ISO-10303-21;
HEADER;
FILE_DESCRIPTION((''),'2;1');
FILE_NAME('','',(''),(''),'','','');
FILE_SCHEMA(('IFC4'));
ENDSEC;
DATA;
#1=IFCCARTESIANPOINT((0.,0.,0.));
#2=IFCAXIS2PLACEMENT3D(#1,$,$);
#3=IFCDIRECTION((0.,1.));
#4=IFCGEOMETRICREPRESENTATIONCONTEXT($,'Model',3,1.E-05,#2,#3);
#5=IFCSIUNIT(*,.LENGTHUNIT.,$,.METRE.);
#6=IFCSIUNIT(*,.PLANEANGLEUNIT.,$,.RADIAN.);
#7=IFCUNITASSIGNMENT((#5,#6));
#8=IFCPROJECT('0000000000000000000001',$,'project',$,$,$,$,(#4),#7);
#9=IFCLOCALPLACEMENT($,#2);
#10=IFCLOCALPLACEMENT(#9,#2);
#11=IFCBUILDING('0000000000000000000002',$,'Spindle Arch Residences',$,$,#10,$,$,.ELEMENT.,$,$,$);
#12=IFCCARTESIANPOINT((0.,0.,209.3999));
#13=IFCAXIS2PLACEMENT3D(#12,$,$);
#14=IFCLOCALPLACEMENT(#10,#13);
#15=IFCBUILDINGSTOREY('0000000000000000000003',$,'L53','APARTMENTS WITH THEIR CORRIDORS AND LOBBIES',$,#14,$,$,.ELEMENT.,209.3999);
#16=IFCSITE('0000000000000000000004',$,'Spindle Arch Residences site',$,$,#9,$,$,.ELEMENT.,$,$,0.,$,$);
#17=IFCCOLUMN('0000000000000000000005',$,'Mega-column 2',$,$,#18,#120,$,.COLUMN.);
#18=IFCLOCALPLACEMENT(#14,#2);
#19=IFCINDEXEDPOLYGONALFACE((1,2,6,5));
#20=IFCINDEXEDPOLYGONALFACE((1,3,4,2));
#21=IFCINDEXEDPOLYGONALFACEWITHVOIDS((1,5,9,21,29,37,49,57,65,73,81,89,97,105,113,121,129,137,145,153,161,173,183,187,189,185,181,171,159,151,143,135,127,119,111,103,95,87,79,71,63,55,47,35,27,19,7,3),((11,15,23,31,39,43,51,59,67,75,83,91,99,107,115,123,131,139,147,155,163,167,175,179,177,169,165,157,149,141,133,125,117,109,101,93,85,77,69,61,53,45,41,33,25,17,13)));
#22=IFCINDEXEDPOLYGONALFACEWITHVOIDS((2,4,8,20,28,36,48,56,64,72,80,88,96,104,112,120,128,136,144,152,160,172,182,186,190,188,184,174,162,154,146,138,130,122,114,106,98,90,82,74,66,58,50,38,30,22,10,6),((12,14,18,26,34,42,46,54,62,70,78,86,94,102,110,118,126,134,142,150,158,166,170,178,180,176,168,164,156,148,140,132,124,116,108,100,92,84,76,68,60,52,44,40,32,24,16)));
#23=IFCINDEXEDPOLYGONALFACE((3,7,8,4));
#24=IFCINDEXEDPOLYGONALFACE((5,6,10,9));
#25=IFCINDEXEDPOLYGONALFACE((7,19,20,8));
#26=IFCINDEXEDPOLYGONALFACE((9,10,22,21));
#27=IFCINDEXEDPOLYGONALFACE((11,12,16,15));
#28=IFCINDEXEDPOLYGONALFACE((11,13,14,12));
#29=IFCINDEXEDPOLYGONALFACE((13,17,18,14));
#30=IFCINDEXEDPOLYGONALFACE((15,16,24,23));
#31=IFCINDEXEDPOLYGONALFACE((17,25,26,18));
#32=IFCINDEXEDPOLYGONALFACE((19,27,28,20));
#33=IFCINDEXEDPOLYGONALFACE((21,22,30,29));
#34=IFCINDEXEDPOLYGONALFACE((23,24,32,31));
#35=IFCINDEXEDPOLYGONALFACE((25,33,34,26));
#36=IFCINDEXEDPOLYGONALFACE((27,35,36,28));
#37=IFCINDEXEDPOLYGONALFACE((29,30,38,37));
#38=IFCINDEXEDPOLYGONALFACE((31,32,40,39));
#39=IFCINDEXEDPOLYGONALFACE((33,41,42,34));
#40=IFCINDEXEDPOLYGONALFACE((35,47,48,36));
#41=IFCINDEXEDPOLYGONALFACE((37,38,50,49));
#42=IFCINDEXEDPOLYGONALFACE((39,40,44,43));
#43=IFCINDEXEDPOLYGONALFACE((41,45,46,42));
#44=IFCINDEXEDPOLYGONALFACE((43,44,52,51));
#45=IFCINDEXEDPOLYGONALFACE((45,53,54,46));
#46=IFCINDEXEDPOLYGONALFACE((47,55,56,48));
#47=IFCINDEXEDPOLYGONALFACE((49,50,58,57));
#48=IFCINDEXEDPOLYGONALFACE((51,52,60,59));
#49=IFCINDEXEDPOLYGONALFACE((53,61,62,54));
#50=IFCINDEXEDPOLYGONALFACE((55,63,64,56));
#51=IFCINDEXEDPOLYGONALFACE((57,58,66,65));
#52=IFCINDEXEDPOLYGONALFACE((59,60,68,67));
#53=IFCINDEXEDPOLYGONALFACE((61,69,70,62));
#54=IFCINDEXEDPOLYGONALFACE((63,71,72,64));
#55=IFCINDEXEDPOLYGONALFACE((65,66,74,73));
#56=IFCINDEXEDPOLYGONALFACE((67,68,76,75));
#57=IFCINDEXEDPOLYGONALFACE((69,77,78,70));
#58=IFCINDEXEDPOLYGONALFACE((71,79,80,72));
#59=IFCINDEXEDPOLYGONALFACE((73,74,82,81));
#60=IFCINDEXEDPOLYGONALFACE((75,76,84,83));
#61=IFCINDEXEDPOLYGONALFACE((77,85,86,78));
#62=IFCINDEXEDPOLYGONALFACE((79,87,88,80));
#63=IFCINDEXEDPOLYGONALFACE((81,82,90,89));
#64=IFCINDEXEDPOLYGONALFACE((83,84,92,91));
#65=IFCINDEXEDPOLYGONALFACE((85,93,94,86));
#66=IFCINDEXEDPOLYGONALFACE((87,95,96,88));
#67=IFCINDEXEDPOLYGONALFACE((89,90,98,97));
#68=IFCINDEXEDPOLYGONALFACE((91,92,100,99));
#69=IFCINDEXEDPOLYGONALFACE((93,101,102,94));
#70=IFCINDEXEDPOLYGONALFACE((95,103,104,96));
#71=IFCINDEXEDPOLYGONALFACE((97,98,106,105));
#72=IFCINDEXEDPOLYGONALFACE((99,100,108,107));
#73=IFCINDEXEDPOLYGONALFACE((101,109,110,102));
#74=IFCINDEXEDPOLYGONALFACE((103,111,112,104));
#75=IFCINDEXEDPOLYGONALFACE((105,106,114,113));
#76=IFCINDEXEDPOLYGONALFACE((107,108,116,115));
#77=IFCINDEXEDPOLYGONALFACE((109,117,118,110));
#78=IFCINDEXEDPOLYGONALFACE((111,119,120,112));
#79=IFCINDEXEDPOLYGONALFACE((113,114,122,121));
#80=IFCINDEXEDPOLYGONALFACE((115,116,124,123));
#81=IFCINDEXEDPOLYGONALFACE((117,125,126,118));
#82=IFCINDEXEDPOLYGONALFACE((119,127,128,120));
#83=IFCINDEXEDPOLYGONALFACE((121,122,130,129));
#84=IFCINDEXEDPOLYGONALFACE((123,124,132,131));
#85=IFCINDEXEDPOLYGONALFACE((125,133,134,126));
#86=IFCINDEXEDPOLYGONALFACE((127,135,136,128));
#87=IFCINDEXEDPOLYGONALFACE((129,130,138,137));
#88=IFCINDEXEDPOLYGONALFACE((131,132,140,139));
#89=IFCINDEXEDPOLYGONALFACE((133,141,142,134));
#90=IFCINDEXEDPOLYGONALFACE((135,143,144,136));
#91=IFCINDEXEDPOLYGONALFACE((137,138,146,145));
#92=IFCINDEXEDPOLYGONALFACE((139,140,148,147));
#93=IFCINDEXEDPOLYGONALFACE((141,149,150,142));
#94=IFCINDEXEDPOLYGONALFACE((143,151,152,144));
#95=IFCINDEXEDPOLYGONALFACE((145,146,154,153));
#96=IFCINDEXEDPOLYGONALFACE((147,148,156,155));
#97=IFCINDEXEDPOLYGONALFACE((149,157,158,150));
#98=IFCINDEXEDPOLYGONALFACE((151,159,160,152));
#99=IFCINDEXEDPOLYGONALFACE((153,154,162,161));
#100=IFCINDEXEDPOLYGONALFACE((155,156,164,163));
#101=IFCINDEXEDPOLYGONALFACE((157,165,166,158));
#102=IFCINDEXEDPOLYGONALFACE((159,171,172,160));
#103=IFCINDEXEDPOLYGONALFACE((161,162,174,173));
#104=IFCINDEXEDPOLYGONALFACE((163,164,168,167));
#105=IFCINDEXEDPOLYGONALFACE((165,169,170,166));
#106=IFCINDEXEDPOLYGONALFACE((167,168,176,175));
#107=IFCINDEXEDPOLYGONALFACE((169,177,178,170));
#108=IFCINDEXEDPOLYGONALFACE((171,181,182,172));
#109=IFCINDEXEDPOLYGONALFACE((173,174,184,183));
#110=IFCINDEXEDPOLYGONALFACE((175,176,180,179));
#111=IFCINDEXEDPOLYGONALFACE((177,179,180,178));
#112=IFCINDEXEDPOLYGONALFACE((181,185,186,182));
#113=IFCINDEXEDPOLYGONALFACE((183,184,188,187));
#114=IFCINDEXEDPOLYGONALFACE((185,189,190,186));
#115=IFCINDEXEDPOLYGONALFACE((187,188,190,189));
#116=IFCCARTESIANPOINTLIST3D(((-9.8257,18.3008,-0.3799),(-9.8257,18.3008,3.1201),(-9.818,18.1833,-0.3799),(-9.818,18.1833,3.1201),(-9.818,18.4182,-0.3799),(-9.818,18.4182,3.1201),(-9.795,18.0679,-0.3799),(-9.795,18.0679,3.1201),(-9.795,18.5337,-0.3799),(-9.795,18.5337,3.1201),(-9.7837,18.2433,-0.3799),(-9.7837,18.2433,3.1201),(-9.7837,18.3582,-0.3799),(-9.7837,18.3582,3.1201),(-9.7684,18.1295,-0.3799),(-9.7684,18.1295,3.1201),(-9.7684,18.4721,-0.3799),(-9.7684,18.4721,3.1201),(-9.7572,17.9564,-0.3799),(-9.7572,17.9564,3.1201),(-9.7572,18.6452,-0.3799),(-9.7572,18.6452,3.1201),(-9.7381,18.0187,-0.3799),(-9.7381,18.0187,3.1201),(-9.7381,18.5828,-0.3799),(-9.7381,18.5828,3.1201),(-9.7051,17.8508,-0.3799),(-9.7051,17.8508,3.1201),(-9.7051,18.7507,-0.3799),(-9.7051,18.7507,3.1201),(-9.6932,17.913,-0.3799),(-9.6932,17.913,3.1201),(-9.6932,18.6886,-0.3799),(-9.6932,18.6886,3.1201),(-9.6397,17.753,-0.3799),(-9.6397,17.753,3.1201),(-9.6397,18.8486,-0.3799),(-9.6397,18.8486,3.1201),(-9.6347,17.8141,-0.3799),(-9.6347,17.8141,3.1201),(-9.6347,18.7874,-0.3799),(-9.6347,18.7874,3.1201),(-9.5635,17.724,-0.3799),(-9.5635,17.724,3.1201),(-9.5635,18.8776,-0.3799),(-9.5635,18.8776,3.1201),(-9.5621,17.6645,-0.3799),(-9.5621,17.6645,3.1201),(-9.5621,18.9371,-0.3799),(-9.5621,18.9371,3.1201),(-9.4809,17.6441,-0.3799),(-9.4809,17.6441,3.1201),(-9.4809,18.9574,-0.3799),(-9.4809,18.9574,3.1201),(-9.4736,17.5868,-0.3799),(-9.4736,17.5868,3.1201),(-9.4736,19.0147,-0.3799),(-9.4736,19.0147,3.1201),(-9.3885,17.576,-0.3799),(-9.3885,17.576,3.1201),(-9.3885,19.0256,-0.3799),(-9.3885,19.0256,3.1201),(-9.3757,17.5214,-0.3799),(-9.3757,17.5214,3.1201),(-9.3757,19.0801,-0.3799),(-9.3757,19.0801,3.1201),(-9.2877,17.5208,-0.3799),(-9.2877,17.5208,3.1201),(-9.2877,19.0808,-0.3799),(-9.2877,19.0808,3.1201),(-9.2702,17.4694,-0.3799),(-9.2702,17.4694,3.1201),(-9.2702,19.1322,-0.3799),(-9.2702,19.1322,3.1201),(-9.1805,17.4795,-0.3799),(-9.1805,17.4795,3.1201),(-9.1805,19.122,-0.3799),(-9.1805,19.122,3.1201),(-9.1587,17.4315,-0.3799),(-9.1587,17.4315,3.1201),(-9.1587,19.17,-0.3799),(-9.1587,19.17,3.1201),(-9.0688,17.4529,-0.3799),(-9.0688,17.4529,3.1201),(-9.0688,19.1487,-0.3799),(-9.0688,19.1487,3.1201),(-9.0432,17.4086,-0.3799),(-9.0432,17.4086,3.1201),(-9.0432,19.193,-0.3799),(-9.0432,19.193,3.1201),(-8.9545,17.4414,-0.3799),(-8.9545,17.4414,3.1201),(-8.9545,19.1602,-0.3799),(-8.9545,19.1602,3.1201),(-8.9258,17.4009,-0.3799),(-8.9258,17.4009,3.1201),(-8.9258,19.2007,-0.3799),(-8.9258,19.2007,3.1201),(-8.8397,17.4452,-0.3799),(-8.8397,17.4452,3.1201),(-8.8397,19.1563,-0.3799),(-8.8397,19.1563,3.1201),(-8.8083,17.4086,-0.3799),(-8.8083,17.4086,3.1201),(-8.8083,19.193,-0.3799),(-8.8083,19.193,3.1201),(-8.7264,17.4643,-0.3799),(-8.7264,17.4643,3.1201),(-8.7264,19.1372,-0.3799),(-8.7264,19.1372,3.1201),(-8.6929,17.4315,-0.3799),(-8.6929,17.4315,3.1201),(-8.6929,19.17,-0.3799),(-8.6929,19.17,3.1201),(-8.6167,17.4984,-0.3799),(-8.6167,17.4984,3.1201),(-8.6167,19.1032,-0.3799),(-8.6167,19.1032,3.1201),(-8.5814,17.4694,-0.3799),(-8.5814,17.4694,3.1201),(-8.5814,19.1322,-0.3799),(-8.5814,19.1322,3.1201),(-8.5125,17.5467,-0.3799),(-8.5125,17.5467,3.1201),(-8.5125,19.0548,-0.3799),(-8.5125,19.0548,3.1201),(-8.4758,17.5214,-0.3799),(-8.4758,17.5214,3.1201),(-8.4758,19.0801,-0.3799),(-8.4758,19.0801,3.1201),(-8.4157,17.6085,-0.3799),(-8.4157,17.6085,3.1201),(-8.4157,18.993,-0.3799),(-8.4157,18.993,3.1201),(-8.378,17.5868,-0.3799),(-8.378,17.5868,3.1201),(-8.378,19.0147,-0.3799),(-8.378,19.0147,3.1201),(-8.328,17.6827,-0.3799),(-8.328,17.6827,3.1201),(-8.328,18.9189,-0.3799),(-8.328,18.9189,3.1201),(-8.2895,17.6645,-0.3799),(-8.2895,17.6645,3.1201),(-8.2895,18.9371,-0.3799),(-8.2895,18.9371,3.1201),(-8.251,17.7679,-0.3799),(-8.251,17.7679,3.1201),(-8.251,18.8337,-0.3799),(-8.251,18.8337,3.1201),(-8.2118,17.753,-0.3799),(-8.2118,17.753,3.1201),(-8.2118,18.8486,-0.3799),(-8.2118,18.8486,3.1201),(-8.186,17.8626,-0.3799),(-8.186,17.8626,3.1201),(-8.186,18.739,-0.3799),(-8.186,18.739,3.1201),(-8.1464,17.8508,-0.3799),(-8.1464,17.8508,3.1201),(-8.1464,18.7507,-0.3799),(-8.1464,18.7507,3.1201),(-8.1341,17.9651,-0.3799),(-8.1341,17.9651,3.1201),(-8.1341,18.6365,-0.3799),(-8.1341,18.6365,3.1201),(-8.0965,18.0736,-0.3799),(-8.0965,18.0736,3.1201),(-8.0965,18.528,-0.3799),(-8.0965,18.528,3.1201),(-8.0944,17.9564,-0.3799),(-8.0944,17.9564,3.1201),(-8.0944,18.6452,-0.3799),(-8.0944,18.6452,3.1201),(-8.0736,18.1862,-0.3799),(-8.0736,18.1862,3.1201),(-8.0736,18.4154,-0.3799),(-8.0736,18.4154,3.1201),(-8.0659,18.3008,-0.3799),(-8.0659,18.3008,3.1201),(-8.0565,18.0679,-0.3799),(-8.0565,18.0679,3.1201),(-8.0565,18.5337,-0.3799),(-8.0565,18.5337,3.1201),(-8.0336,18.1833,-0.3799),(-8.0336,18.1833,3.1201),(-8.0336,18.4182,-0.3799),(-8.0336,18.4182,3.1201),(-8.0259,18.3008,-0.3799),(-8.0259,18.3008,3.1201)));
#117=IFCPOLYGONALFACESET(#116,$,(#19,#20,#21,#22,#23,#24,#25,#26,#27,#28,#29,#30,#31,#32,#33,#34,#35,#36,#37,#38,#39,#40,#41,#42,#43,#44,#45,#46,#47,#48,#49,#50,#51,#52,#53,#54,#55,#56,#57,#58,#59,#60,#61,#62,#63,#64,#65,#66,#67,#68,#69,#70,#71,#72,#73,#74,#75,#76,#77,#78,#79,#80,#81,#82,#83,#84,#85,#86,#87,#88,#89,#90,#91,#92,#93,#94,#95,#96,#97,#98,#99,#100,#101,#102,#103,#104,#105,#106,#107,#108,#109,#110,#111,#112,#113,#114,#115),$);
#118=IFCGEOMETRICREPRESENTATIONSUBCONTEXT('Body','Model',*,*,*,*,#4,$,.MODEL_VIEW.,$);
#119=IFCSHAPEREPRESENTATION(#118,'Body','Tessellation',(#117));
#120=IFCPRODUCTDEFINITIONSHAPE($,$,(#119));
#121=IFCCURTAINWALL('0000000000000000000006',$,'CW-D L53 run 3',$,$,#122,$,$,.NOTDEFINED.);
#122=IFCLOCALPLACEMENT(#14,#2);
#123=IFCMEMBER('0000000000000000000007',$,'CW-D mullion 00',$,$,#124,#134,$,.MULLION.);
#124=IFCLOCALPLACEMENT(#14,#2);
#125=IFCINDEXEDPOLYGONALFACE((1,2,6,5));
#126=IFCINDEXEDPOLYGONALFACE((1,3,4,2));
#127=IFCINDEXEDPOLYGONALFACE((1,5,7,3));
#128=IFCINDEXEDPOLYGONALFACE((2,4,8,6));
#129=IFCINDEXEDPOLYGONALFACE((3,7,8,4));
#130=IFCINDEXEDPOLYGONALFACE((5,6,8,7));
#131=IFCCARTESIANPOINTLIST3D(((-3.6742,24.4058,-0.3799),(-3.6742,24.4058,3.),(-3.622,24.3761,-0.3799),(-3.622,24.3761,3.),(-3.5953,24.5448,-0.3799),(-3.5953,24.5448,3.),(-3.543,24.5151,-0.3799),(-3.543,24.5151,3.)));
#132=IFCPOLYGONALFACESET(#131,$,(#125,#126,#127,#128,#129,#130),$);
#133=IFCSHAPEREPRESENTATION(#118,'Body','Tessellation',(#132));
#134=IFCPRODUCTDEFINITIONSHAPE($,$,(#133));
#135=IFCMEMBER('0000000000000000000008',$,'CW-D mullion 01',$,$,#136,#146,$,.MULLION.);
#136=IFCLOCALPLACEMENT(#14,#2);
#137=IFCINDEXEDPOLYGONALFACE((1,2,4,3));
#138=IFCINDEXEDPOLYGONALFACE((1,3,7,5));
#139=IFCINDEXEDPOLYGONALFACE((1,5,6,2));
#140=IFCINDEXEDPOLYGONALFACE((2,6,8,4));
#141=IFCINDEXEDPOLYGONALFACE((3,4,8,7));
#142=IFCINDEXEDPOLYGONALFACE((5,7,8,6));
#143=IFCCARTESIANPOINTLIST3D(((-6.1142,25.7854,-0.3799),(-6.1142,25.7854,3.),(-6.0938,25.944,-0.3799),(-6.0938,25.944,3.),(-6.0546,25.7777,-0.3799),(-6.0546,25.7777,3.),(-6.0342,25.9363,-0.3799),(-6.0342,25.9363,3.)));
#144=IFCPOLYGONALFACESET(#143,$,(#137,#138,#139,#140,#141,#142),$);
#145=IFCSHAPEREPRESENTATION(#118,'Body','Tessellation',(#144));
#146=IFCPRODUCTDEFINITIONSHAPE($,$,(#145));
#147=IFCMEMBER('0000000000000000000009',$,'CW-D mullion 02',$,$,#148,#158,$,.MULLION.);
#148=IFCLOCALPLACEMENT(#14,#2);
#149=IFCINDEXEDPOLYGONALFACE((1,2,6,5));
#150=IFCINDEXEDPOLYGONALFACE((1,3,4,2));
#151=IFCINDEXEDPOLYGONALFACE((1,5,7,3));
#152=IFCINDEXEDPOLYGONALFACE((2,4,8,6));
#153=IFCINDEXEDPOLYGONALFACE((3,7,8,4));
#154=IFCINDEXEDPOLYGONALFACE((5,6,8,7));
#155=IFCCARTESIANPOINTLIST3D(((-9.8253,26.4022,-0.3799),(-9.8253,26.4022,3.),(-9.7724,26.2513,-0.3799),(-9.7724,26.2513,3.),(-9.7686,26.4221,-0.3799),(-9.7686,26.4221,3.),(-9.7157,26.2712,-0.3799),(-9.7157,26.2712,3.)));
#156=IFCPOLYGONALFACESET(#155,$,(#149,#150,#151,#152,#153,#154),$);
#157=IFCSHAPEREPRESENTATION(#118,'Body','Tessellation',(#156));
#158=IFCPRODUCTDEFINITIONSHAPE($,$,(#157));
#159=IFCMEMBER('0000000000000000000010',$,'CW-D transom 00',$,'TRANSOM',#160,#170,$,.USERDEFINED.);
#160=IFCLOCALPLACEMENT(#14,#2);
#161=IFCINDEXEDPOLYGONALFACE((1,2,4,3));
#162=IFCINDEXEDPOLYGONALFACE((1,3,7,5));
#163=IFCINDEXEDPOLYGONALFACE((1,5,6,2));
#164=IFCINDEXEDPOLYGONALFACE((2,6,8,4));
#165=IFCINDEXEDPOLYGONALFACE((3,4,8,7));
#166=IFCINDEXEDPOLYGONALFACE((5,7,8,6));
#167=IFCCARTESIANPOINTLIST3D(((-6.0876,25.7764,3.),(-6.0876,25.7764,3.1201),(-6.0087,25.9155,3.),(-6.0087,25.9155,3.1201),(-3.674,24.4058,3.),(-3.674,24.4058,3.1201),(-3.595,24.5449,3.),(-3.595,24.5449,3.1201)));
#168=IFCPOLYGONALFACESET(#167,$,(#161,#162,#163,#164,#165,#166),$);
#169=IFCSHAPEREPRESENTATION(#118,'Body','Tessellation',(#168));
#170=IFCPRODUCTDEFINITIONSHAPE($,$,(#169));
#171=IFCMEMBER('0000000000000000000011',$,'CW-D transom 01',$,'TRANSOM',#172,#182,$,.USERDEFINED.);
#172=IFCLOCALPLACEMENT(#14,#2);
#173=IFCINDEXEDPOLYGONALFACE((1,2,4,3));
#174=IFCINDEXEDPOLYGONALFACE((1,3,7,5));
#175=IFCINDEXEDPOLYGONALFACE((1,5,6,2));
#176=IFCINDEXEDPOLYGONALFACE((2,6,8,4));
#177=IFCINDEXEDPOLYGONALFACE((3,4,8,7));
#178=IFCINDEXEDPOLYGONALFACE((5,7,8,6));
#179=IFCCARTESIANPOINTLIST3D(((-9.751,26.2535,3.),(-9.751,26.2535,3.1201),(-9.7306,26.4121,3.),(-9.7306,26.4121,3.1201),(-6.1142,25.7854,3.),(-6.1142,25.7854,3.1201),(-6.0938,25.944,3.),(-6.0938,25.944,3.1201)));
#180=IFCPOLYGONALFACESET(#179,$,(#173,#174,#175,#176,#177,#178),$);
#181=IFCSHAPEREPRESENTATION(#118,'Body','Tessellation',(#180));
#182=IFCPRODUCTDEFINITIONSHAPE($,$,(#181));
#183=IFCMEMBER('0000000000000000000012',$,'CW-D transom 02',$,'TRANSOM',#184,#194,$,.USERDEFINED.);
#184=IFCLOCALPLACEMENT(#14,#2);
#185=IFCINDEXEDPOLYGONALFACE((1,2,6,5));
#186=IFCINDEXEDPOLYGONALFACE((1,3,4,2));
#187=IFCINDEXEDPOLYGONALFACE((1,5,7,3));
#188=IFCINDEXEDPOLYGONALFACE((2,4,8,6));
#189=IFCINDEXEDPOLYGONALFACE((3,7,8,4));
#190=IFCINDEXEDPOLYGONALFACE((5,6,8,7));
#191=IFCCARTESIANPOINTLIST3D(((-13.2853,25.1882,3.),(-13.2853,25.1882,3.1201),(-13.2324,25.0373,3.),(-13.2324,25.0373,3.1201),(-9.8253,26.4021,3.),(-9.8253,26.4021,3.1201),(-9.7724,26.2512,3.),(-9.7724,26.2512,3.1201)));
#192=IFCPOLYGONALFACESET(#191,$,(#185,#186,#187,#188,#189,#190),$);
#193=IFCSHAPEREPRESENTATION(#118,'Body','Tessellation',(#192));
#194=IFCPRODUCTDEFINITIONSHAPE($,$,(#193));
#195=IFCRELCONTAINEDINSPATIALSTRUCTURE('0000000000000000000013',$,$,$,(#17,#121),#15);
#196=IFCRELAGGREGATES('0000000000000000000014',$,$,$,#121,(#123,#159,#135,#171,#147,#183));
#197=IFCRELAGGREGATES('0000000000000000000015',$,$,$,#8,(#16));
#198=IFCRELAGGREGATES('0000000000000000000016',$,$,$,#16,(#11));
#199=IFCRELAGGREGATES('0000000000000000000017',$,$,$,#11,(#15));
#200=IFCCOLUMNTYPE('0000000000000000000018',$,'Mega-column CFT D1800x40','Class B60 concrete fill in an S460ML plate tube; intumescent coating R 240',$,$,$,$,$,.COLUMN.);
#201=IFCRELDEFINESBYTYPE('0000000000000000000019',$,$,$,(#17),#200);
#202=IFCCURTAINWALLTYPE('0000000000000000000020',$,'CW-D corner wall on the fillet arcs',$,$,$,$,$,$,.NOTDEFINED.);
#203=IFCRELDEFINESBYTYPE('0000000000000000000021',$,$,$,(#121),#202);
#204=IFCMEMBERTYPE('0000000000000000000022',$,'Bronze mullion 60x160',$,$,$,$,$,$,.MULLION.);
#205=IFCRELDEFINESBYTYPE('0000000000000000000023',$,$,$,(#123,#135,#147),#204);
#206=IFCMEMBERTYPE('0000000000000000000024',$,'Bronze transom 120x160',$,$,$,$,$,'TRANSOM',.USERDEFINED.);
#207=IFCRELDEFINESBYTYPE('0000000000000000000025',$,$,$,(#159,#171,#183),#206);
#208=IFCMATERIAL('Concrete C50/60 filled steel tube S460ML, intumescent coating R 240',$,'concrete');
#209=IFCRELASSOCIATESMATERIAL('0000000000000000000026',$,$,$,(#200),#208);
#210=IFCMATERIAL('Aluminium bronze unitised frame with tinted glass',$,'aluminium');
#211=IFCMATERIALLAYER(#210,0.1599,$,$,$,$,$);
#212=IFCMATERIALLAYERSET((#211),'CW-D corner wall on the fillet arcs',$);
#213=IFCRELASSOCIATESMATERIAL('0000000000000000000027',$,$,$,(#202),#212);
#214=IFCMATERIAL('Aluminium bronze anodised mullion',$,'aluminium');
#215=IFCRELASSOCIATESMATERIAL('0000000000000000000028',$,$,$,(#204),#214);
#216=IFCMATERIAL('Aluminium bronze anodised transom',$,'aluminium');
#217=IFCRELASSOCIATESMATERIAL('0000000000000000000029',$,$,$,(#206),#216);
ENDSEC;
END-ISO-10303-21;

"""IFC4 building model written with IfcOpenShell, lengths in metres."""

from ifc_helpers import new_model, si_unit, direction, frame, origin, origin_2d, place, context, subcontext, project, spatial, rectangle, hollow_circle, extrude, material, layer, layer_set, material_profile, profile_set, type_object, element, aggregate, save


model = new_model("IFC4")

# Units and contexts
model_context = context("Model", 3, precision=1e-05, world=origin(), true_north=direction((0.0, 1.0)))
body_context = subcontext(model_context, "Body", "Model", "MODEL_VIEW")
ifc_project = project(units=[si_unit("LENGTHUNIT", "METRE"), si_unit("PLANEANGLEUNIT", "RADIAN")], contexts=[model_context])

# Site, building, storey
site_placement = place(None, origin())
site = spatial("IfcSite", under=ifc_project, at=site_placement, Name="Spindle Arch Residences site", CompositionType="ELEMENT", RefElevation=0.0)
building_placement = place(site_placement, origin())
building = spatial("IfcBuilding", under=site, at=building_placement, Name="Spindle Arch Residences", CompositionType="ELEMENT")
storey_placement = place(building_placement, frame((0.0, 0.0, 209.3999)))
storey = spatial("IfcBuildingStorey", under=building, at=storey_placement, Name="L53", Description="APARTMENTS WITH THEIR CORRIDORS AND LOBBIES", CompositionType="ELEMENT", Elevation=209.3999)

# Column
ifc_material_1 = material(Name="Concrete C50/60 filled steel tube S460ML, intumescent coating R 240", Category="concrete")
ifc_material_profile_1 = material_profile(ifc_material_1, hollow_circle(Radius=0.8999, WallThickness=0.04, at=origin_2d()), Name="CFT D1800x40")
ifc_profile_set_1 = profile_set([ifc_material_profile_1], Name="Concrete C50/60 filled steel tube S460ML, intumescent coating R 240")
column_type_1 = type_object("IfcColumnType", Name="Mega-column CFT D1800x40", Description="Class B60 concrete fill in an S460ML plate tube; intumescent coating R 240", PredefinedType="COLUMN", material=ifc_profile_set_1)
column_placement = place(storey_placement, frame((-8.9258, 18.3008, -0.3799), z_axis=(0.0, 0.0, 1.0), x_axis=(1.0, 0.0, 0.0)))
element("IfcColumn", 1, at=column_placement, inside=storey, type_object=column_type_1, Name="Mega-column 2", PredefinedType="COLUMN", context=body_context, shape_type="SweptSolid", body=[
    extrude(hollow_circle(Radius=0.8999, WallThickness=0.04, at=origin_2d()), origin(), (0.0, 0.0, 1.0), 3.5),
])

# Curtain wall, members
ifc_material_2 = material(Name="Aluminium bronze unitised frame with tinted glass", Category="aluminium")
ifc_layer_1 = layer(ifc_material_2, 0.1599)
ifc_layer_set_1 = layer_set([ifc_layer_1], Name="CW-D corner wall on the fillet arcs")
curtain_wall_type_1 = type_object("IfcCurtainWallType", Name="CW-D corner wall on the fillet arcs", PredefinedType="NOTDEFINED", material=ifc_layer_set_1)
curtain_wall_1_placement = place(storey_placement, origin())
curtain_wall_1 = element("IfcCurtainWall", 2, at=curtain_wall_1_placement, inside=storey, type_object=curtain_wall_type_1, Name="CW-D L53 run 3", PredefinedType="NOTDEFINED")
ifc_material_3 = material(Name="Aluminium bronze anodised mullion", Category="aluminium")
ifc_material_profile_2 = material_profile(ifc_material_3, rectangle(XDim=0.1599, YDim=0.0601, at=origin_2d()), Name="MU 60x160")
ifc_profile_set_2 = profile_set([ifc_material_profile_2], Name="Aluminium bronze anodised mullion")
member_type_1 = type_object("IfcMemberType", Name="Bronze mullion 60x160", PredefinedType="MULLION", material=ifc_profile_set_2)
member_1_placement = place(storey_placement, frame((-3.6086, 24.4604, -0.3799), z_axis=(0.0, 0.0, 1.0), x_axis=(-0.493865, -0.869539, 0.0)))
member_1 = element("IfcMember", 3, at=member_1_placement, type_object=member_type_1, Name="CW-D mullion 00", PredefinedType="MULLION", context=body_context, shape_type="SweptSolid", body=[
    extrude(rectangle(XDim=0.1599, YDim=0.0601, at=origin_2d()), origin(), (0.0, 0.0, 1.0), 3.3799),
])
member_2_placement = place(storey_placement, frame((-6.0742, 25.8608, -0.3799), z_axis=(0.0, 0.0, 1.0), x_axis=(-0.127642, -0.99182, 0.0)))
member_2 = element("IfcMember", 4, at=member_2_placement, type_object=member_type_1, Name="CW-D mullion 01", PredefinedType="MULLION", context=body_context, shape_type="SweptSolid", body=[
    extrude(rectangle(XDim=0.1599, YDim=0.0601, at=origin_2d()), origin(), (0.0, 0.0, 1.0), 3.3799),
])
member_3_placement = place(storey_placement, frame((-9.7705, 26.3367, -0.3799), z_axis=(0.0, 0.0, 1.0), x_axis=(0.331063, -0.943609, 0.0)))
member_3 = element("IfcMember", 5, at=member_3_placement, type_object=member_type_1, Name="CW-D mullion 02", PredefinedType="MULLION", context=body_context, shape_type="SweptSolid", body=[
    extrude(rectangle(XDim=0.1599, YDim=0.0601, at=origin_2d()), origin(), (0.0, 0.0, 1.0), 3.3799),
])
ifc_material_4 = material(Name="Aluminium bronze anodised transom", Category="aluminium")
ifc_material_profile_3 = material_profile(ifc_material_4, rectangle(XDim=0.1599, YDim=0.1201, at=origin_2d()), Name="TR 120x160")
ifc_profile_set_3 = profile_set([ifc_material_profile_3], Name="Aluminium bronze anodised transom")
member_type_2 = type_object("IfcMemberType", Name="Bronze transom 120x160", ElementType="TRANSOM", PredefinedType="USERDEFINED", material=ifc_profile_set_3)
member_4_placement = place(storey_placement, frame((-3.6345, 24.4753, 3.0601), z_axis=(-0.869572, 0.493807, 0.0), x_axis=(-0.493807, -0.869572, 0.0)))
member_4 = element("IfcMember", 6, at=member_4_placement, type_object=member_type_2, Name="CW-D transom 00", ObjectType="TRANSOM", PredefinedType="USERDEFINED", context=body_context, shape_type="SweptSolid", body=[
    extrude(rectangle(XDim=0.1599, YDim=0.1201, at=origin_2d()), origin(), (0.0, 0.0, 1.0), 2.7756),
])
member_5_placement = place(storey_placement, frame((-6.104, 25.8647, 3.0601), z_axis=(-0.991821, 0.12764, 0.0), x_axis=(-0.12764, -0.991821, 0.0)))
member_5 = element("IfcMember", 7, at=member_5_placement, type_object=member_type_2, Name="CW-D transom 01", ObjectType="TRANSOM", PredefinedType="USERDEFINED", context=body_context, shape_type="SweptSolid", body=[
    extrude(rectangle(XDim=0.1599, YDim=0.1201, at=origin_2d()), origin(), (0.0, 0.0, 1.0), 3.6667),
])
member_6_placement = place(storey_placement, frame((-9.7988, 26.3267, 3.0601), z_axis=(-0.943613, -0.33105, 0.0), x_axis=(0.33105, -0.943613, 0.0)))
member_6 = element("IfcMember", 8, at=member_6_placement, type_object=member_type_2, Name="CW-D transom 02", ObjectType="TRANSOM", PredefinedType="USERDEFINED", context=body_context, shape_type="SweptSolid", body=[
    extrude(rectangle(XDim=0.1599, YDim=0.1201, at=origin_2d()), origin(), (0.0, 0.0, 1.0), 3.6667),
])

aggregate(curtain_wall_1, [member_1, member_4, member_2, member_5, member_3, member_6])

save(model, "model.ifc")
